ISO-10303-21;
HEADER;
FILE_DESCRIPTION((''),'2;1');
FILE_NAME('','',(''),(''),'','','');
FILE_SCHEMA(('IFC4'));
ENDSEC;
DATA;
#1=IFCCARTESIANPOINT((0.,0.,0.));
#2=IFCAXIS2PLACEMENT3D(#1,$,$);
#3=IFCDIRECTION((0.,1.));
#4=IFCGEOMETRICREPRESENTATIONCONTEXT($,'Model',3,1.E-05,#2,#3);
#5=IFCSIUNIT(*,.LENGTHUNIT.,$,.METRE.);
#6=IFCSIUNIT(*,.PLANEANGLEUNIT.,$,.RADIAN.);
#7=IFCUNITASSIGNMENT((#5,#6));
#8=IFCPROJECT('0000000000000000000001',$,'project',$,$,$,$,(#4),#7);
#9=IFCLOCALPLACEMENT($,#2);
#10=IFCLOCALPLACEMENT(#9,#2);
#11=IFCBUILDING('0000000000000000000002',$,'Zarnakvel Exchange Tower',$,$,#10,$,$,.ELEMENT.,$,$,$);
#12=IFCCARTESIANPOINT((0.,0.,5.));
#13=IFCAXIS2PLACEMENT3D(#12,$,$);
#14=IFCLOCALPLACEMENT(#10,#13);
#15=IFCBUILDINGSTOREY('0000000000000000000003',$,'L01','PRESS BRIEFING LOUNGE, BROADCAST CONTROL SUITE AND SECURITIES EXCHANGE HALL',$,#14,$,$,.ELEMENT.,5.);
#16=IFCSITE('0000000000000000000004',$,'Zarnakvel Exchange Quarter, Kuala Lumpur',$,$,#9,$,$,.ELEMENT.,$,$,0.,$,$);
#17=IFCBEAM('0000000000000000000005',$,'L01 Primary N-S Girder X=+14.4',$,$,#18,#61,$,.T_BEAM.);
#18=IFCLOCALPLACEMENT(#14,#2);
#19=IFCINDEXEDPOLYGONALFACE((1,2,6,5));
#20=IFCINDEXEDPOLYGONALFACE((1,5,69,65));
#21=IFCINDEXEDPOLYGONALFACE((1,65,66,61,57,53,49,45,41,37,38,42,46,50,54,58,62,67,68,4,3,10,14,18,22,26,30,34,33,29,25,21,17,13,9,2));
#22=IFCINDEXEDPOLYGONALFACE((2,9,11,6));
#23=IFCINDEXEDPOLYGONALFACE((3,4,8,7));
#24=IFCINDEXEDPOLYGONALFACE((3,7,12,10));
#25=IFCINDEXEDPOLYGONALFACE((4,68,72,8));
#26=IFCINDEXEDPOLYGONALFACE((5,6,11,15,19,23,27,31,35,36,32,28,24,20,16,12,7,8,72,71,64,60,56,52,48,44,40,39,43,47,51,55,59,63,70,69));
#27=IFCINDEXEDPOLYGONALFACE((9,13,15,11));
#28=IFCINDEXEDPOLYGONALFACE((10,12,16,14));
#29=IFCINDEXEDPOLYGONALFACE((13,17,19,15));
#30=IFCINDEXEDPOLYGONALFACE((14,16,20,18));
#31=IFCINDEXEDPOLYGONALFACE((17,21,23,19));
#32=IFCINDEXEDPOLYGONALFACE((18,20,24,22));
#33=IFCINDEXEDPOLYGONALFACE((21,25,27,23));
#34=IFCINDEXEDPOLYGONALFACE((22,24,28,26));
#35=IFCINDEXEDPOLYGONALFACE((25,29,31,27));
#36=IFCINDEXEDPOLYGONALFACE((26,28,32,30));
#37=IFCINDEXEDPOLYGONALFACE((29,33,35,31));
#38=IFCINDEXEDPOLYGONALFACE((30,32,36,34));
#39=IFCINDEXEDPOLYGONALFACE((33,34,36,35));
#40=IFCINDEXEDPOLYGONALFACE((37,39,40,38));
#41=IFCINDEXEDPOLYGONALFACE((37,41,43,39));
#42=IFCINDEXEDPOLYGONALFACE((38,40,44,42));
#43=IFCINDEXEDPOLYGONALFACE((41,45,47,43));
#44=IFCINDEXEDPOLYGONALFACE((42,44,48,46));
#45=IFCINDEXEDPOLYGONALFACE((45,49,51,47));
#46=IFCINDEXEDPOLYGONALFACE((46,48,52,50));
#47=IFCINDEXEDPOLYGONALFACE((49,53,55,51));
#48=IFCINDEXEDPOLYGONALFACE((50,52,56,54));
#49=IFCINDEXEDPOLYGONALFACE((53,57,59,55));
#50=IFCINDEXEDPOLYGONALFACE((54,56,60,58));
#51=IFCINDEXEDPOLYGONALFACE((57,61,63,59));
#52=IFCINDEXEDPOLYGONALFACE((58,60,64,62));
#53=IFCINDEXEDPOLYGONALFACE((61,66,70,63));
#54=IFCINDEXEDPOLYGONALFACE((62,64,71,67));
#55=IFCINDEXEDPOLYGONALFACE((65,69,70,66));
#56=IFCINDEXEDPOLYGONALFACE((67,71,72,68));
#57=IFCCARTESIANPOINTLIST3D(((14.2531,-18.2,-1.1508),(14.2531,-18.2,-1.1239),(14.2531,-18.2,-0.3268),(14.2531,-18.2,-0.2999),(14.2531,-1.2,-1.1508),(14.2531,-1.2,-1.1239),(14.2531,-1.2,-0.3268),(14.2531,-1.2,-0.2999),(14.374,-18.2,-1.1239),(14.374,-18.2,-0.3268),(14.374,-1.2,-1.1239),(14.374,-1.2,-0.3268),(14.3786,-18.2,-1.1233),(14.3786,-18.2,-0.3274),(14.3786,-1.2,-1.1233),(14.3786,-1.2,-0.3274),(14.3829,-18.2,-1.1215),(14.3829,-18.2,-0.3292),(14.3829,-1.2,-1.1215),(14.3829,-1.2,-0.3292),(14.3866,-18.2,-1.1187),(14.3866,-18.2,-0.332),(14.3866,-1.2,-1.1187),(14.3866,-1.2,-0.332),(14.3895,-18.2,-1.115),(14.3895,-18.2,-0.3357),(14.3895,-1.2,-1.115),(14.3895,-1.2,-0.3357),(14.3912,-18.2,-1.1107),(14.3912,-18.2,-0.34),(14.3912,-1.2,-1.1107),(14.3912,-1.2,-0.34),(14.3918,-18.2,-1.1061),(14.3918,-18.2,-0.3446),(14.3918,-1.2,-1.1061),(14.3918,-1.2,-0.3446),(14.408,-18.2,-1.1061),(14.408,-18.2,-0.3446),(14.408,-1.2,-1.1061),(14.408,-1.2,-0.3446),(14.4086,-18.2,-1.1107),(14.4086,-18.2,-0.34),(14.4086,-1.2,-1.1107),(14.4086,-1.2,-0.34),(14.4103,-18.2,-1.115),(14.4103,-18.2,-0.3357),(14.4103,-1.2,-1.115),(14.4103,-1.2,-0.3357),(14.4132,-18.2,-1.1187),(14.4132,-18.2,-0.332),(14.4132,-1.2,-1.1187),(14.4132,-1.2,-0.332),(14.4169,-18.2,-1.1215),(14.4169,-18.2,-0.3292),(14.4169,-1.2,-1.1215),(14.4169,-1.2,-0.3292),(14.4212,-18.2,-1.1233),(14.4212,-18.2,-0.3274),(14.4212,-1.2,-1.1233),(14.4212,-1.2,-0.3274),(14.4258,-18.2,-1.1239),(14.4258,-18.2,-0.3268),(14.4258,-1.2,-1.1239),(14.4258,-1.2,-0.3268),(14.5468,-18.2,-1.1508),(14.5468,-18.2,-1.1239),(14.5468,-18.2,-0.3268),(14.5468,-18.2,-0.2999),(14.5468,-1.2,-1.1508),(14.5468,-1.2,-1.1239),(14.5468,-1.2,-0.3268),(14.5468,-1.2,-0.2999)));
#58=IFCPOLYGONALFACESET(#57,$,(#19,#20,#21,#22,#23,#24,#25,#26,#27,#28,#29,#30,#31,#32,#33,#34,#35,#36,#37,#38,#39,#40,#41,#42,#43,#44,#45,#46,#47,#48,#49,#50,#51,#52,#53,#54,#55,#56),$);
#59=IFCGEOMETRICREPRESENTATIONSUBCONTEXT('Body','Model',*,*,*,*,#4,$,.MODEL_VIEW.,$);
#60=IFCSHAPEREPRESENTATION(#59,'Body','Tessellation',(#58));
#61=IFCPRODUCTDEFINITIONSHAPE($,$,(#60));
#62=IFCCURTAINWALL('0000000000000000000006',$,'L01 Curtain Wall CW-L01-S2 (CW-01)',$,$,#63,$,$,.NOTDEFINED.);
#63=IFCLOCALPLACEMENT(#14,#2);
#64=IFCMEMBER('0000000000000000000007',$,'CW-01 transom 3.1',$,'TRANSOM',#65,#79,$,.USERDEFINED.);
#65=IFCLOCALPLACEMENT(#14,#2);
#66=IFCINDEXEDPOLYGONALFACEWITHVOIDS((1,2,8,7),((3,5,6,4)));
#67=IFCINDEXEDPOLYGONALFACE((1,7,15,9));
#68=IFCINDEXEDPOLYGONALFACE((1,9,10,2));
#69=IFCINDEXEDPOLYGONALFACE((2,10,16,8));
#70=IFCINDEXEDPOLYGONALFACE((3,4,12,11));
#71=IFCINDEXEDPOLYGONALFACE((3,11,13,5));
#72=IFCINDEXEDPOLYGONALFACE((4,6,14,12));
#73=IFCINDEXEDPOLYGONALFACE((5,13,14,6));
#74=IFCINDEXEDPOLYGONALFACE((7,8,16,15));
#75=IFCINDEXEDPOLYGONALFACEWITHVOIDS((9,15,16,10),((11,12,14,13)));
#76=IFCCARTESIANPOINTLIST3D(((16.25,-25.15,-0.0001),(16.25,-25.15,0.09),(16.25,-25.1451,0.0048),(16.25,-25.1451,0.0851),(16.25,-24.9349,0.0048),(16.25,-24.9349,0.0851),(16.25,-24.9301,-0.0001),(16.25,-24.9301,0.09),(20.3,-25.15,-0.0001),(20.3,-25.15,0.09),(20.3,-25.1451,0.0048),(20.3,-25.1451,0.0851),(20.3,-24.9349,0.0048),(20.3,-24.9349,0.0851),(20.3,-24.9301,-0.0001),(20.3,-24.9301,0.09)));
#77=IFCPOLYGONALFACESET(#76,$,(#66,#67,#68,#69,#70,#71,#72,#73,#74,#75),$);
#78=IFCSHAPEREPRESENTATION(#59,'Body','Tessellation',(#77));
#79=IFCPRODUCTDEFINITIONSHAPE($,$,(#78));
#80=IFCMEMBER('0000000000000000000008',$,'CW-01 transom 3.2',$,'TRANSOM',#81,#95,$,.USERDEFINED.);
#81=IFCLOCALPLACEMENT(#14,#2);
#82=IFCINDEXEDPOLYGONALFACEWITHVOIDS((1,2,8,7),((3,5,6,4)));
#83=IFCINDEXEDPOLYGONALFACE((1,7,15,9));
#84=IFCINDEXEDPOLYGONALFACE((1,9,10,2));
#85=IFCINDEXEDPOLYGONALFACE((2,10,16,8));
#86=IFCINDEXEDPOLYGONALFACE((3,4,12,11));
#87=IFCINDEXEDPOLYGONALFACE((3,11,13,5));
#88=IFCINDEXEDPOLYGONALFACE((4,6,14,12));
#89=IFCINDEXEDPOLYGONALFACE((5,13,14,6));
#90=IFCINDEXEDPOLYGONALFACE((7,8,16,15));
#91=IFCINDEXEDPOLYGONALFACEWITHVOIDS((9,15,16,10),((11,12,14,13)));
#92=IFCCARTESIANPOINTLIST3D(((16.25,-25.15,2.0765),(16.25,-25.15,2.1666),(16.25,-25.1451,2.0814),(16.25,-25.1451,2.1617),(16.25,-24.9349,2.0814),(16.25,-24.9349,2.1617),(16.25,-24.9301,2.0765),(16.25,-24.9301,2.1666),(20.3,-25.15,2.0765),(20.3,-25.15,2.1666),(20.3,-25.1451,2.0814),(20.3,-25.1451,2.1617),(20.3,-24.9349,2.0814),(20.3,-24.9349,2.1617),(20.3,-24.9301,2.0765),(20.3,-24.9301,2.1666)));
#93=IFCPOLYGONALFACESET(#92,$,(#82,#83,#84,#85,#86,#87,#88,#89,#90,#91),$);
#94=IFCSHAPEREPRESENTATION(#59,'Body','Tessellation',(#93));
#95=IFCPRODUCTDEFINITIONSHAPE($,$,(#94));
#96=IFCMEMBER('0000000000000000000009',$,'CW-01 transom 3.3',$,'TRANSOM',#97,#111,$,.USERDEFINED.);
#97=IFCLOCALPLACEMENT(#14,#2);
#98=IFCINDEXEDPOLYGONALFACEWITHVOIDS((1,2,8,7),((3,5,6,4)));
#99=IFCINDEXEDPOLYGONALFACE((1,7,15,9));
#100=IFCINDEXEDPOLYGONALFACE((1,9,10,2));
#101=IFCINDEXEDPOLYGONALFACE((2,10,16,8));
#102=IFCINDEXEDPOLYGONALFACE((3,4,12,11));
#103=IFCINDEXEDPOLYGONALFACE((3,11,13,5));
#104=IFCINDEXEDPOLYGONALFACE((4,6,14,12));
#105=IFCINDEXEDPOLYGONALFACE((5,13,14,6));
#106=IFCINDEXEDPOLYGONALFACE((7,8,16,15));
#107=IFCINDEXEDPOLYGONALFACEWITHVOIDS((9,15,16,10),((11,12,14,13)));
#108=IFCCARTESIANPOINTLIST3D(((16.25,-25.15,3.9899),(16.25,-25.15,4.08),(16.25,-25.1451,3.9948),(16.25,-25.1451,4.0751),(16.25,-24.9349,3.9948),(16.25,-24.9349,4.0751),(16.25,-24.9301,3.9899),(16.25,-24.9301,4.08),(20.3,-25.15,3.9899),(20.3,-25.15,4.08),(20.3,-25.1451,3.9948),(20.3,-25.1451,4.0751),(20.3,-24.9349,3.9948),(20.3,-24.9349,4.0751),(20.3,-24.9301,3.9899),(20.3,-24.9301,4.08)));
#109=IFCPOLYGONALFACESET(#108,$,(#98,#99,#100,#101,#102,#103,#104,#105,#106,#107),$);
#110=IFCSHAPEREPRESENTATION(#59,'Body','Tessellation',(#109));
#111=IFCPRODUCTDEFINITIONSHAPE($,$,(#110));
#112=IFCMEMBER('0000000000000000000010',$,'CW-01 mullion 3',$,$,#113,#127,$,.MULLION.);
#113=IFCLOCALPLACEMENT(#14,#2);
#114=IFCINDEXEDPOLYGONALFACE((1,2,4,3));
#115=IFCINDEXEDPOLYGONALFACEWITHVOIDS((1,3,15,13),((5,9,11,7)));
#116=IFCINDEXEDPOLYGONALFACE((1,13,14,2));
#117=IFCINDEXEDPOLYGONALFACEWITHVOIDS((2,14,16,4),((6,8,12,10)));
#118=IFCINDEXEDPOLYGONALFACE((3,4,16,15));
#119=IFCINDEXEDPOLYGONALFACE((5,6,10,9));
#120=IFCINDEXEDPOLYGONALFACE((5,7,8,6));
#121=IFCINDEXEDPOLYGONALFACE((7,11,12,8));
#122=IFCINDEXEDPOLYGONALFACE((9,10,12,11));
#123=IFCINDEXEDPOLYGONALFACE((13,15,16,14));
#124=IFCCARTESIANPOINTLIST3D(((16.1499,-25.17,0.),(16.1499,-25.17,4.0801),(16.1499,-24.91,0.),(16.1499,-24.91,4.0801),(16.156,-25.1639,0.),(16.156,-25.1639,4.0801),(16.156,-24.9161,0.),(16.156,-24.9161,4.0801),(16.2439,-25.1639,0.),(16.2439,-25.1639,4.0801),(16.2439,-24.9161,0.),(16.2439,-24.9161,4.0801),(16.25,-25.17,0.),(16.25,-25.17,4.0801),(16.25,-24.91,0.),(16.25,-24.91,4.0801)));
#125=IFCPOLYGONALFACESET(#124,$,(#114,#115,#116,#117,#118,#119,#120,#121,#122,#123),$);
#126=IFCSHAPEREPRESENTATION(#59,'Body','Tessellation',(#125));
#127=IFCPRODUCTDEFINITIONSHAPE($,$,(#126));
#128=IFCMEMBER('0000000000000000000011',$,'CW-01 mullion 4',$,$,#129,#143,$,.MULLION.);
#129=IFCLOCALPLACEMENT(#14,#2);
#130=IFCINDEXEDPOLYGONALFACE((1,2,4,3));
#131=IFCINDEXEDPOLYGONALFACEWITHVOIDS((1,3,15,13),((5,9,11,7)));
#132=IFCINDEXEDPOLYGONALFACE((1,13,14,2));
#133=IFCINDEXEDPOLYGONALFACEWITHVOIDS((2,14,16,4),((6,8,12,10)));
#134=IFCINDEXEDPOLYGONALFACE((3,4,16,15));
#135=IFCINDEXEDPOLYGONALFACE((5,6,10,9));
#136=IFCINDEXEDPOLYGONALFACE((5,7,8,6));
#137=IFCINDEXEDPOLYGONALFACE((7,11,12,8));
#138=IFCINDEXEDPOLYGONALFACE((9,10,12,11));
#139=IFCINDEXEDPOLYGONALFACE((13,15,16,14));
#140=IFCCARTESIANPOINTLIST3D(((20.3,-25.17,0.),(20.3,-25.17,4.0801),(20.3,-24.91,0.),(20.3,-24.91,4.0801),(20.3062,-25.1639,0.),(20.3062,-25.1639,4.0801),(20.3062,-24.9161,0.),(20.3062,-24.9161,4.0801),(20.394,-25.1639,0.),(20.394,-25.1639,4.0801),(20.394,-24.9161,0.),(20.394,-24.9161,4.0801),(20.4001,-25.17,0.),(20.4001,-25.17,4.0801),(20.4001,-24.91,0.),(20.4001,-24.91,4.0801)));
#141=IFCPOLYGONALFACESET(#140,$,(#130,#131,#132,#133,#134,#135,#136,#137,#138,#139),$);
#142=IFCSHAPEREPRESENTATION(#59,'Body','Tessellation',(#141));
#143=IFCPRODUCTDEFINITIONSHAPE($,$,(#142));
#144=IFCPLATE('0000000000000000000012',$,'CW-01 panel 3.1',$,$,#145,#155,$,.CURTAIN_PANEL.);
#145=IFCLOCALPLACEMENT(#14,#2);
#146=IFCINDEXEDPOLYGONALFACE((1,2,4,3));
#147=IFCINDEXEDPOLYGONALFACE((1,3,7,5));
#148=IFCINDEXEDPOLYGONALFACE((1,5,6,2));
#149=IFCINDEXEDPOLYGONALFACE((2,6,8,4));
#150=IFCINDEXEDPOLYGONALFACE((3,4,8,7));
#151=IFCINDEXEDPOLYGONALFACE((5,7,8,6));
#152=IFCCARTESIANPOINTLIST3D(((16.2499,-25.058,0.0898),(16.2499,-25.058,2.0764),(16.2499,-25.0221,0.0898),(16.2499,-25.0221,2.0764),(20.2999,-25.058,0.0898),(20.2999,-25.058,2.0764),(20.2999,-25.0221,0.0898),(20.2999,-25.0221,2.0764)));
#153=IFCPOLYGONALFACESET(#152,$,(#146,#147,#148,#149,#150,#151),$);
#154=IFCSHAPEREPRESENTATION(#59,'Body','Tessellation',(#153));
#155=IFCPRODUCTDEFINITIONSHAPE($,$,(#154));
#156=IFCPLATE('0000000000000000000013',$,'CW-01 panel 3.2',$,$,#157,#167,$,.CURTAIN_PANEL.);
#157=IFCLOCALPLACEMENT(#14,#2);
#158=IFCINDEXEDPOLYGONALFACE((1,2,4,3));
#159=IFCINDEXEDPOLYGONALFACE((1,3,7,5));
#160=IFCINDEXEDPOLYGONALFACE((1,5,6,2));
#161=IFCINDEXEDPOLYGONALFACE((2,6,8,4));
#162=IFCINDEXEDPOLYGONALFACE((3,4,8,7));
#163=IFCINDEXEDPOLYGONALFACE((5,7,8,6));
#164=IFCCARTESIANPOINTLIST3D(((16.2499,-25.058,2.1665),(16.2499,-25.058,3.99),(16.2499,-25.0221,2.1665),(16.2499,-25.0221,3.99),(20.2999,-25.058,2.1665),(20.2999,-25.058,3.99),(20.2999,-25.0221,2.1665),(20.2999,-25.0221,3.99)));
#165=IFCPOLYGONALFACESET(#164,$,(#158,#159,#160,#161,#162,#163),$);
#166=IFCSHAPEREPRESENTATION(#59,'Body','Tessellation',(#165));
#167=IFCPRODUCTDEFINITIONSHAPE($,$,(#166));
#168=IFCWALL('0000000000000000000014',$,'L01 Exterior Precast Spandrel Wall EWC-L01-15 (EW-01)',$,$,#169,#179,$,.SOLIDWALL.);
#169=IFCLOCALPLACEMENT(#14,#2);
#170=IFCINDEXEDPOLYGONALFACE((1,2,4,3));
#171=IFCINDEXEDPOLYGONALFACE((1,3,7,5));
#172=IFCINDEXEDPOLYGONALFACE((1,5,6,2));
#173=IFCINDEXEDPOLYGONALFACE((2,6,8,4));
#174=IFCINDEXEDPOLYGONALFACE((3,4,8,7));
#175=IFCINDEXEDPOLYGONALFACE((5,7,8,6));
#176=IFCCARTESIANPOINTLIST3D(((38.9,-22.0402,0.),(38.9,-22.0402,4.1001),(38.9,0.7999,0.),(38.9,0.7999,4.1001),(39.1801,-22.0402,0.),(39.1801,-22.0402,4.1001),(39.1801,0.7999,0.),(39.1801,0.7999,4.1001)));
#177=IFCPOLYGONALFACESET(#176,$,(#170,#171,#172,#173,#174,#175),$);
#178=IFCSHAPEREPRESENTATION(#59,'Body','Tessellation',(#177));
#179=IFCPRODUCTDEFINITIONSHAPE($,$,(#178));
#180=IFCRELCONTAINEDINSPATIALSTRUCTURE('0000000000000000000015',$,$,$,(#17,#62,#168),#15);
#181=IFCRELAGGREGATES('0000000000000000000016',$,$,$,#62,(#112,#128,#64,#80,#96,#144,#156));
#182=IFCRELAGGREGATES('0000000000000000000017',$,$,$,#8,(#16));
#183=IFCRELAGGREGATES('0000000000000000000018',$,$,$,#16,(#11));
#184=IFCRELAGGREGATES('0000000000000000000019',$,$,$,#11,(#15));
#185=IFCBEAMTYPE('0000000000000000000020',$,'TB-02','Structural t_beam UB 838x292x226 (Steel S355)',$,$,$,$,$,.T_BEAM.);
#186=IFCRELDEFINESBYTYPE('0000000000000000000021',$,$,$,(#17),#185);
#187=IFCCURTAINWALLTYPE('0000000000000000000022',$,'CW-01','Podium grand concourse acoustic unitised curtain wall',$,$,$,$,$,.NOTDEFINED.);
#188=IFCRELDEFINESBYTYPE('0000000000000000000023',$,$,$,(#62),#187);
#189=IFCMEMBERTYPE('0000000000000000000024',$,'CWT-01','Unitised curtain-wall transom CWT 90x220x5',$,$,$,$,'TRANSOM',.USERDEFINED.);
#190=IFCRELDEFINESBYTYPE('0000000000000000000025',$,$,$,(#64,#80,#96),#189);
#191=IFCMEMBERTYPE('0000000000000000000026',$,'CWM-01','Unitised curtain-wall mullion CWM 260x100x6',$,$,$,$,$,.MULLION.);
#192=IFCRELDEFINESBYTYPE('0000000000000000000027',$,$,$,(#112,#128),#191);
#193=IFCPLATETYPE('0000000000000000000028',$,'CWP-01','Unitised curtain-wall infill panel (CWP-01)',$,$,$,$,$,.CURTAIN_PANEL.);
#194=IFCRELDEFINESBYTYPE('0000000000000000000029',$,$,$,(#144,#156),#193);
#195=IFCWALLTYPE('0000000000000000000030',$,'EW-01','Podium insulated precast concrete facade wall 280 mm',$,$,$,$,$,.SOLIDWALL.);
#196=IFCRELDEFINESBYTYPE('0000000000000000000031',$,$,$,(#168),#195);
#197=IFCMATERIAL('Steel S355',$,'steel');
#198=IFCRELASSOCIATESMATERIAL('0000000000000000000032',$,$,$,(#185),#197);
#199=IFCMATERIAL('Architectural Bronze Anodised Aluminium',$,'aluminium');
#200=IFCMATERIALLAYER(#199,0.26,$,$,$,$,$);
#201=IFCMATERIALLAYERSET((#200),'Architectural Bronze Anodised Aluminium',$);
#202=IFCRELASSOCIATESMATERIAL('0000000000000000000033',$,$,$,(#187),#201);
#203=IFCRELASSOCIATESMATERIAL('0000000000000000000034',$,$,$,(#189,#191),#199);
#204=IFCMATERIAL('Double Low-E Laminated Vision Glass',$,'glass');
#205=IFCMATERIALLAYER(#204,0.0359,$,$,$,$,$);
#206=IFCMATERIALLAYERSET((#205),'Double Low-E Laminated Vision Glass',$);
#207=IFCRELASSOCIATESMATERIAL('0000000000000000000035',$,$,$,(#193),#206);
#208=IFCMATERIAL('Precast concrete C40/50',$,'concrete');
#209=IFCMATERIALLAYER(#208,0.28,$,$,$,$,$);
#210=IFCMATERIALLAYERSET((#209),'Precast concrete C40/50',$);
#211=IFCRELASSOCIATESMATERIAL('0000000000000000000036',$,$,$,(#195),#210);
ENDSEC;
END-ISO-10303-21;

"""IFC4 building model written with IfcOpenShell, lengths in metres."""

from ifc_helpers import new_model, si_unit, direction, frame, frame_2d, origin, origin_2d, place, context, subcontext, project, spatial, rectangle, hollow_rectangle, i_section, extrude, source, transform, mapped, material, layer, layer_set, material_profile, profile_set, type_object, element, aggregate, save


model = new_model("IFC4")

# Units and contexts
model_context = context("Model", 3, precision=1e-05, world=origin(), true_north=direction((0.0, 1.0)))
body_context = subcontext(model_context, "Body", "Model", "MODEL_VIEW")
ifc_project = project(units=[si_unit("LENGTHUNIT", "METRE"), si_unit("PLANEANGLEUNIT", "RADIAN")], contexts=[model_context])

# Site, building, storey
site_placement = place(None, origin())
site = spatial("IfcSite", under=ifc_project, at=site_placement, Name="Zarnakvel Exchange Quarter, Kuala Lumpur", CompositionType="ELEMENT", RefElevation=0.0)
building_placement = place(site_placement, origin())
building = spatial("IfcBuilding", under=site, at=building_placement, Name="Zarnakvel Exchange Tower", CompositionType="ELEMENT")
storey_placement = place(building_placement, frame((0.0, 0.0, 5.0)))
storey = spatial("IfcBuildingStorey", under=building, at=storey_placement, Name="L01", Description="PRESS BRIEFING LOUNGE, BROADCAST CONTROL SUITE AND SECURITIES EXCHANGE HALL", CompositionType="ELEMENT", Elevation=5.0)

# Beam
ifc_material_1 = material(Name="Steel S355", Category="steel")
ifc_material_profile_1 = material_profile(ifc_material_1, i_section(OverallWidth=0.2937, OverallDepth=0.8508, WebThickness=0.0161, FlangeThickness=0.0269, FilletRadius=0.0178, at=origin_2d()))
ifc_profile_set_1 = profile_set([ifc_material_profile_1], Name="Steel S355")
beam_type_1 = type_object("IfcBeamType", Name="TB-02", Description="Structural t_beam UB 838x292x226 (Steel S355)", PredefinedType="T_BEAM", material=ifc_profile_set_1)
beam_1_placement = place(storey_placement, frame((14.3999, -18.2, -0.7253), z_axis=(0.0, 1.0, 0.0), x_axis=(-1.0, 0.0, 0.0)))
element("IfcBeam", 1, at=beam_1_placement, inside=storey, type_object=beam_type_1, Name="L01 Primary N-S Girder X=+14.4", PredefinedType="T_BEAM", context=body_context, shape_type="SweptSolid", body=[
    extrude(i_section(OverallWidth=0.2937, OverallDepth=0.8508, WebThickness=0.0161, FlangeThickness=0.0269, FilletRadius=0.0178, at=origin_2d()), origin(), (0.0, 0.0, 1.0), 17.0),
])

# Curtain wall, members, plates
ifc_material_2 = material(Name="Architectural Bronze Anodised Aluminium", Category="aluminium")
ifc_layer_1 = layer(ifc_material_2, 0.26)
ifc_layer_set_1 = layer_set([ifc_layer_1], Name="Architectural Bronze Anodised Aluminium")
curtain_wall_type = type_object("IfcCurtainWallType", Name="CW-01", Description="Podium grand concourse acoustic unitised curtain wall", PredefinedType="NOTDEFINED", material=ifc_layer_set_1)
curtain_wall_placement = place(storey_placement, origin())
curtain_wall = element("IfcCurtainWall", 2, at=curtain_wall_placement, inside=storey, type_object=curtain_wall_type, Name="L01 Curtain Wall CW-L01-S2 (CW-01)", PredefinedType="NOTDEFINED")
ifc_material_profile_2 = material_profile(ifc_material_2, hollow_rectangle(XDim=0.22, YDim=0.0901, WallThickness=0.0049, at=origin_2d()))
ifc_profile_set_2 = profile_set([ifc_material_profile_2], Name="Architectural Bronze Anodised Aluminium")
member_type_1 = type_object("IfcMemberType", Name="CWT-01", Description="Unitised curtain-wall transom CWT 90x220x5", ElementType="TRANSOM", PredefinedType="USERDEFINED", material=ifc_profile_set_2)
shared_shape_1 = source(origin(), body_context, "Body", "SweptSolid", [
    extrude(hollow_rectangle(XDim=0.22, YDim=0.0901, WallThickness=0.0049, at=origin_2d()), origin(), (0.0, 0.0, 1.0), 4.05),
])
member_1_placement = place(storey_placement, frame((16.25, -25.04, 0.0449), z_axis=(1.0, 0.0, 0.0), x_axis=(0.0, 1.0, 0.0)))
member_1 = element("IfcMember", 3, at=member_1_placement, type_object=member_type_1, Name="CW-01 transom 3.1", ObjectType="TRANSOM", PredefinedType="USERDEFINED", context=body_context, shape_type="MappedRepresentation", body=[
    mapped(shared_shape_1, transform((0.0, 0.0, 0.0), x_axis=(1.0, 0.0, 0.0), y_axis=(0.0, 1.0, 0.0), z_axis=(0.0, 0.0, 1.0), scale=1.0)),
])
member_2_placement = place(storey_placement, frame((16.25, -25.04, 2.1216), z_axis=(1.0, 0.0, 0.0), x_axis=(0.0, 1.0, 0.0)))
member_2 = element("IfcMember", 4, at=member_2_placement, type_object=member_type_1, Name="CW-01 transom 3.2", ObjectType="TRANSOM", PredefinedType="USERDEFINED", context=body_context, shape_type="MappedRepresentation", body=[
    mapped(shared_shape_1, transform((0.0, 0.0, 0.0), x_axis=(1.0, 0.0, 0.0), y_axis=(0.0, 1.0, 0.0), z_axis=(0.0, 0.0, 1.0), scale=1.0)),
])
member_3_placement = place(storey_placement, frame((16.25, -25.04, 4.0349), z_axis=(1.0, 0.0, 0.0), x_axis=(0.0, 1.0, 0.0)))
member_3 = element("IfcMember", 5, at=member_3_placement, type_object=member_type_1, Name="CW-01 transom 3.3", ObjectType="TRANSOM", PredefinedType="USERDEFINED", context=body_context, shape_type="MappedRepresentation", body=[
    mapped(shared_shape_1, transform((0.0, 0.0, 0.0), x_axis=(1.0, 0.0, 0.0), y_axis=(0.0, 1.0, 0.0), z_axis=(0.0, 0.0, 1.0), scale=1.0)),
])
ifc_material_profile_3 = material_profile(ifc_material_2, hollow_rectangle(XDim=0.26, YDim=0.1001, WallThickness=0.0061, at=origin_2d()))
ifc_profile_set_3 = profile_set([ifc_material_profile_3], Name="Architectural Bronze Anodised Aluminium")
member_type_2 = type_object("IfcMemberType", Name="CWM-01", Description="Unitised curtain-wall mullion CWM 260x100x6", PredefinedType="MULLION", material=ifc_profile_set_3)
shared_shape_2 = source(origin(), body_context, "Body", "SweptSolid", [
    extrude(hollow_rectangle(XDim=0.26, YDim=0.1001, WallThickness=0.0061, at=origin_2d()), origin(), (0.0, 0.0, 1.0), 4.0801),
])
member_4_placement = place(storey_placement, frame((16.2, -25.04, 0.0), z_axis=(0.0, 0.0, 1.0), x_axis=(0.0, 1.0, 0.0)))
member_4 = element("IfcMember", 6, at=member_4_placement, type_object=member_type_2, Name="CW-01 mullion 3", PredefinedType="MULLION", context=body_context, shape_type="MappedRepresentation", body=[
    mapped(shared_shape_2, transform((0.0, 0.0, 0.0), x_axis=(1.0, 0.0, 0.0), y_axis=(0.0, 1.0, 0.0), z_axis=(0.0, 0.0, 1.0), scale=1.0)),
])
member_5_placement = place(storey_placement, frame((20.3501, -25.04, 0.0), z_axis=(0.0, 0.0, 1.0), x_axis=(0.0, 1.0, 0.0)))
member_5 = element("IfcMember", 7, at=member_5_placement, type_object=member_type_2, Name="CW-01 mullion 4", PredefinedType="MULLION", context=body_context, shape_type="MappedRepresentation", body=[
    mapped(shared_shape_2, transform((0.0, 0.0, 0.0), x_axis=(1.0, 0.0, 0.0), y_axis=(0.0, 1.0, 0.0), z_axis=(0.0, 0.0, 1.0), scale=1.0)),
])
ifc_material_3 = material(Name="Double Low-E Laminated Vision Glass", Category="glass")
ifc_layer_2 = layer(ifc_material_3, 0.0359)
ifc_layer_set_2 = layer_set([ifc_layer_2], Name="Double Low-E Laminated Vision Glass")
plate_type = type_object("IfcPlateType", Name="CWP-01", Description="Unitised curtain-wall infill panel (CWP-01)", PredefinedType="CURTAIN_PANEL", material=ifc_layer_set_2)
shared_shape_3 = source(origin(), body_context, "Body", "SweptSolid", [
    extrude(rectangle(XDim=4.05, YDim=0.0359, at=origin_2d()), origin(), (0.0, 0.0, 1.0), 1.9866),
])
plate_1_placement = place(storey_placement, frame((18.2749, -25.04, 0.0898), z_axis=(0.0, 0.0, 1.0), x_axis=(1.0, 0.0, 0.0)))
plate_1 = element("IfcPlate", 8, at=plate_1_placement, type_object=plate_type, Name="CW-01 panel 3.1", PredefinedType="CURTAIN_PANEL", context=body_context, shape_type="MappedRepresentation", body=[
    mapped(shared_shape_3, transform((0.0, 0.0, 0.0), x_axis=(1.0, 0.0, 0.0), y_axis=(0.0, 1.0, 0.0), z_axis=(0.0, 0.0, 1.0), scale=1.0)),
])
shared_shape_4 = source(origin(), body_context, "Body", "SweptSolid", [
    extrude(rectangle(XDim=4.05, YDim=0.0359, at=origin_2d()), origin(), (0.0, 0.0, 1.0), 1.8235),
])
plate_2_placement = place(storey_placement, frame((18.2749, -25.04, 2.1665), z_axis=(0.0, 0.0, 1.0), x_axis=(1.0, 0.0, 0.0)))
plate_2 = element("IfcPlate", 9, at=plate_2_placement, type_object=plate_type, Name="CW-01 panel 3.2", PredefinedType="CURTAIN_PANEL", context=body_context, shape_type="MappedRepresentation", body=[
    mapped(shared_shape_4, transform((0.0, 0.0, 0.0), x_axis=(1.0, 0.0, 0.0), y_axis=(0.0, 1.0, 0.0), z_axis=(0.0, 0.0, 1.0), scale=1.0)),
])
aggregate(curtain_wall, [member_4, member_5, member_1, member_2, member_3, plate_1, plate_2])

# Wall
ifc_material_4 = material(Name="Precast concrete C40/50", Category="concrete")
ifc_layer_3 = layer(ifc_material_4, 0.28)
ifc_layer_set_3 = layer_set([ifc_layer_3], Name="Precast concrete C40/50")
wall_type_1 = type_object("IfcWallType", Name="EW-01", Description="Podium insulated precast concrete facade wall 280 mm", PredefinedType="SOLIDWALL", material=ifc_layer_set_3)
wall_1_placement = place(storey_placement, frame((39.04, -22.04, 0.0), z_axis=(0.0, 0.0, 1.0), x_axis=(0.0, 1.0, 0.0)))
element("IfcWall", 10, at=wall_1_placement, inside=storey, type_object=wall_type_1, Name="L01 Exterior Precast Spandrel Wall EWC-L01-15 (EW-01)", PredefinedType="SOLIDWALL", context=body_context, shape_type="SweptSolid", body=[
    extrude(rectangle(XDim=22.8401, YDim=0.28, at=frame_2d((11.4199, 0.0))), origin(), (0.0, 0.0, 1.0), 4.1001),
])

save(model, "model.ifc")
